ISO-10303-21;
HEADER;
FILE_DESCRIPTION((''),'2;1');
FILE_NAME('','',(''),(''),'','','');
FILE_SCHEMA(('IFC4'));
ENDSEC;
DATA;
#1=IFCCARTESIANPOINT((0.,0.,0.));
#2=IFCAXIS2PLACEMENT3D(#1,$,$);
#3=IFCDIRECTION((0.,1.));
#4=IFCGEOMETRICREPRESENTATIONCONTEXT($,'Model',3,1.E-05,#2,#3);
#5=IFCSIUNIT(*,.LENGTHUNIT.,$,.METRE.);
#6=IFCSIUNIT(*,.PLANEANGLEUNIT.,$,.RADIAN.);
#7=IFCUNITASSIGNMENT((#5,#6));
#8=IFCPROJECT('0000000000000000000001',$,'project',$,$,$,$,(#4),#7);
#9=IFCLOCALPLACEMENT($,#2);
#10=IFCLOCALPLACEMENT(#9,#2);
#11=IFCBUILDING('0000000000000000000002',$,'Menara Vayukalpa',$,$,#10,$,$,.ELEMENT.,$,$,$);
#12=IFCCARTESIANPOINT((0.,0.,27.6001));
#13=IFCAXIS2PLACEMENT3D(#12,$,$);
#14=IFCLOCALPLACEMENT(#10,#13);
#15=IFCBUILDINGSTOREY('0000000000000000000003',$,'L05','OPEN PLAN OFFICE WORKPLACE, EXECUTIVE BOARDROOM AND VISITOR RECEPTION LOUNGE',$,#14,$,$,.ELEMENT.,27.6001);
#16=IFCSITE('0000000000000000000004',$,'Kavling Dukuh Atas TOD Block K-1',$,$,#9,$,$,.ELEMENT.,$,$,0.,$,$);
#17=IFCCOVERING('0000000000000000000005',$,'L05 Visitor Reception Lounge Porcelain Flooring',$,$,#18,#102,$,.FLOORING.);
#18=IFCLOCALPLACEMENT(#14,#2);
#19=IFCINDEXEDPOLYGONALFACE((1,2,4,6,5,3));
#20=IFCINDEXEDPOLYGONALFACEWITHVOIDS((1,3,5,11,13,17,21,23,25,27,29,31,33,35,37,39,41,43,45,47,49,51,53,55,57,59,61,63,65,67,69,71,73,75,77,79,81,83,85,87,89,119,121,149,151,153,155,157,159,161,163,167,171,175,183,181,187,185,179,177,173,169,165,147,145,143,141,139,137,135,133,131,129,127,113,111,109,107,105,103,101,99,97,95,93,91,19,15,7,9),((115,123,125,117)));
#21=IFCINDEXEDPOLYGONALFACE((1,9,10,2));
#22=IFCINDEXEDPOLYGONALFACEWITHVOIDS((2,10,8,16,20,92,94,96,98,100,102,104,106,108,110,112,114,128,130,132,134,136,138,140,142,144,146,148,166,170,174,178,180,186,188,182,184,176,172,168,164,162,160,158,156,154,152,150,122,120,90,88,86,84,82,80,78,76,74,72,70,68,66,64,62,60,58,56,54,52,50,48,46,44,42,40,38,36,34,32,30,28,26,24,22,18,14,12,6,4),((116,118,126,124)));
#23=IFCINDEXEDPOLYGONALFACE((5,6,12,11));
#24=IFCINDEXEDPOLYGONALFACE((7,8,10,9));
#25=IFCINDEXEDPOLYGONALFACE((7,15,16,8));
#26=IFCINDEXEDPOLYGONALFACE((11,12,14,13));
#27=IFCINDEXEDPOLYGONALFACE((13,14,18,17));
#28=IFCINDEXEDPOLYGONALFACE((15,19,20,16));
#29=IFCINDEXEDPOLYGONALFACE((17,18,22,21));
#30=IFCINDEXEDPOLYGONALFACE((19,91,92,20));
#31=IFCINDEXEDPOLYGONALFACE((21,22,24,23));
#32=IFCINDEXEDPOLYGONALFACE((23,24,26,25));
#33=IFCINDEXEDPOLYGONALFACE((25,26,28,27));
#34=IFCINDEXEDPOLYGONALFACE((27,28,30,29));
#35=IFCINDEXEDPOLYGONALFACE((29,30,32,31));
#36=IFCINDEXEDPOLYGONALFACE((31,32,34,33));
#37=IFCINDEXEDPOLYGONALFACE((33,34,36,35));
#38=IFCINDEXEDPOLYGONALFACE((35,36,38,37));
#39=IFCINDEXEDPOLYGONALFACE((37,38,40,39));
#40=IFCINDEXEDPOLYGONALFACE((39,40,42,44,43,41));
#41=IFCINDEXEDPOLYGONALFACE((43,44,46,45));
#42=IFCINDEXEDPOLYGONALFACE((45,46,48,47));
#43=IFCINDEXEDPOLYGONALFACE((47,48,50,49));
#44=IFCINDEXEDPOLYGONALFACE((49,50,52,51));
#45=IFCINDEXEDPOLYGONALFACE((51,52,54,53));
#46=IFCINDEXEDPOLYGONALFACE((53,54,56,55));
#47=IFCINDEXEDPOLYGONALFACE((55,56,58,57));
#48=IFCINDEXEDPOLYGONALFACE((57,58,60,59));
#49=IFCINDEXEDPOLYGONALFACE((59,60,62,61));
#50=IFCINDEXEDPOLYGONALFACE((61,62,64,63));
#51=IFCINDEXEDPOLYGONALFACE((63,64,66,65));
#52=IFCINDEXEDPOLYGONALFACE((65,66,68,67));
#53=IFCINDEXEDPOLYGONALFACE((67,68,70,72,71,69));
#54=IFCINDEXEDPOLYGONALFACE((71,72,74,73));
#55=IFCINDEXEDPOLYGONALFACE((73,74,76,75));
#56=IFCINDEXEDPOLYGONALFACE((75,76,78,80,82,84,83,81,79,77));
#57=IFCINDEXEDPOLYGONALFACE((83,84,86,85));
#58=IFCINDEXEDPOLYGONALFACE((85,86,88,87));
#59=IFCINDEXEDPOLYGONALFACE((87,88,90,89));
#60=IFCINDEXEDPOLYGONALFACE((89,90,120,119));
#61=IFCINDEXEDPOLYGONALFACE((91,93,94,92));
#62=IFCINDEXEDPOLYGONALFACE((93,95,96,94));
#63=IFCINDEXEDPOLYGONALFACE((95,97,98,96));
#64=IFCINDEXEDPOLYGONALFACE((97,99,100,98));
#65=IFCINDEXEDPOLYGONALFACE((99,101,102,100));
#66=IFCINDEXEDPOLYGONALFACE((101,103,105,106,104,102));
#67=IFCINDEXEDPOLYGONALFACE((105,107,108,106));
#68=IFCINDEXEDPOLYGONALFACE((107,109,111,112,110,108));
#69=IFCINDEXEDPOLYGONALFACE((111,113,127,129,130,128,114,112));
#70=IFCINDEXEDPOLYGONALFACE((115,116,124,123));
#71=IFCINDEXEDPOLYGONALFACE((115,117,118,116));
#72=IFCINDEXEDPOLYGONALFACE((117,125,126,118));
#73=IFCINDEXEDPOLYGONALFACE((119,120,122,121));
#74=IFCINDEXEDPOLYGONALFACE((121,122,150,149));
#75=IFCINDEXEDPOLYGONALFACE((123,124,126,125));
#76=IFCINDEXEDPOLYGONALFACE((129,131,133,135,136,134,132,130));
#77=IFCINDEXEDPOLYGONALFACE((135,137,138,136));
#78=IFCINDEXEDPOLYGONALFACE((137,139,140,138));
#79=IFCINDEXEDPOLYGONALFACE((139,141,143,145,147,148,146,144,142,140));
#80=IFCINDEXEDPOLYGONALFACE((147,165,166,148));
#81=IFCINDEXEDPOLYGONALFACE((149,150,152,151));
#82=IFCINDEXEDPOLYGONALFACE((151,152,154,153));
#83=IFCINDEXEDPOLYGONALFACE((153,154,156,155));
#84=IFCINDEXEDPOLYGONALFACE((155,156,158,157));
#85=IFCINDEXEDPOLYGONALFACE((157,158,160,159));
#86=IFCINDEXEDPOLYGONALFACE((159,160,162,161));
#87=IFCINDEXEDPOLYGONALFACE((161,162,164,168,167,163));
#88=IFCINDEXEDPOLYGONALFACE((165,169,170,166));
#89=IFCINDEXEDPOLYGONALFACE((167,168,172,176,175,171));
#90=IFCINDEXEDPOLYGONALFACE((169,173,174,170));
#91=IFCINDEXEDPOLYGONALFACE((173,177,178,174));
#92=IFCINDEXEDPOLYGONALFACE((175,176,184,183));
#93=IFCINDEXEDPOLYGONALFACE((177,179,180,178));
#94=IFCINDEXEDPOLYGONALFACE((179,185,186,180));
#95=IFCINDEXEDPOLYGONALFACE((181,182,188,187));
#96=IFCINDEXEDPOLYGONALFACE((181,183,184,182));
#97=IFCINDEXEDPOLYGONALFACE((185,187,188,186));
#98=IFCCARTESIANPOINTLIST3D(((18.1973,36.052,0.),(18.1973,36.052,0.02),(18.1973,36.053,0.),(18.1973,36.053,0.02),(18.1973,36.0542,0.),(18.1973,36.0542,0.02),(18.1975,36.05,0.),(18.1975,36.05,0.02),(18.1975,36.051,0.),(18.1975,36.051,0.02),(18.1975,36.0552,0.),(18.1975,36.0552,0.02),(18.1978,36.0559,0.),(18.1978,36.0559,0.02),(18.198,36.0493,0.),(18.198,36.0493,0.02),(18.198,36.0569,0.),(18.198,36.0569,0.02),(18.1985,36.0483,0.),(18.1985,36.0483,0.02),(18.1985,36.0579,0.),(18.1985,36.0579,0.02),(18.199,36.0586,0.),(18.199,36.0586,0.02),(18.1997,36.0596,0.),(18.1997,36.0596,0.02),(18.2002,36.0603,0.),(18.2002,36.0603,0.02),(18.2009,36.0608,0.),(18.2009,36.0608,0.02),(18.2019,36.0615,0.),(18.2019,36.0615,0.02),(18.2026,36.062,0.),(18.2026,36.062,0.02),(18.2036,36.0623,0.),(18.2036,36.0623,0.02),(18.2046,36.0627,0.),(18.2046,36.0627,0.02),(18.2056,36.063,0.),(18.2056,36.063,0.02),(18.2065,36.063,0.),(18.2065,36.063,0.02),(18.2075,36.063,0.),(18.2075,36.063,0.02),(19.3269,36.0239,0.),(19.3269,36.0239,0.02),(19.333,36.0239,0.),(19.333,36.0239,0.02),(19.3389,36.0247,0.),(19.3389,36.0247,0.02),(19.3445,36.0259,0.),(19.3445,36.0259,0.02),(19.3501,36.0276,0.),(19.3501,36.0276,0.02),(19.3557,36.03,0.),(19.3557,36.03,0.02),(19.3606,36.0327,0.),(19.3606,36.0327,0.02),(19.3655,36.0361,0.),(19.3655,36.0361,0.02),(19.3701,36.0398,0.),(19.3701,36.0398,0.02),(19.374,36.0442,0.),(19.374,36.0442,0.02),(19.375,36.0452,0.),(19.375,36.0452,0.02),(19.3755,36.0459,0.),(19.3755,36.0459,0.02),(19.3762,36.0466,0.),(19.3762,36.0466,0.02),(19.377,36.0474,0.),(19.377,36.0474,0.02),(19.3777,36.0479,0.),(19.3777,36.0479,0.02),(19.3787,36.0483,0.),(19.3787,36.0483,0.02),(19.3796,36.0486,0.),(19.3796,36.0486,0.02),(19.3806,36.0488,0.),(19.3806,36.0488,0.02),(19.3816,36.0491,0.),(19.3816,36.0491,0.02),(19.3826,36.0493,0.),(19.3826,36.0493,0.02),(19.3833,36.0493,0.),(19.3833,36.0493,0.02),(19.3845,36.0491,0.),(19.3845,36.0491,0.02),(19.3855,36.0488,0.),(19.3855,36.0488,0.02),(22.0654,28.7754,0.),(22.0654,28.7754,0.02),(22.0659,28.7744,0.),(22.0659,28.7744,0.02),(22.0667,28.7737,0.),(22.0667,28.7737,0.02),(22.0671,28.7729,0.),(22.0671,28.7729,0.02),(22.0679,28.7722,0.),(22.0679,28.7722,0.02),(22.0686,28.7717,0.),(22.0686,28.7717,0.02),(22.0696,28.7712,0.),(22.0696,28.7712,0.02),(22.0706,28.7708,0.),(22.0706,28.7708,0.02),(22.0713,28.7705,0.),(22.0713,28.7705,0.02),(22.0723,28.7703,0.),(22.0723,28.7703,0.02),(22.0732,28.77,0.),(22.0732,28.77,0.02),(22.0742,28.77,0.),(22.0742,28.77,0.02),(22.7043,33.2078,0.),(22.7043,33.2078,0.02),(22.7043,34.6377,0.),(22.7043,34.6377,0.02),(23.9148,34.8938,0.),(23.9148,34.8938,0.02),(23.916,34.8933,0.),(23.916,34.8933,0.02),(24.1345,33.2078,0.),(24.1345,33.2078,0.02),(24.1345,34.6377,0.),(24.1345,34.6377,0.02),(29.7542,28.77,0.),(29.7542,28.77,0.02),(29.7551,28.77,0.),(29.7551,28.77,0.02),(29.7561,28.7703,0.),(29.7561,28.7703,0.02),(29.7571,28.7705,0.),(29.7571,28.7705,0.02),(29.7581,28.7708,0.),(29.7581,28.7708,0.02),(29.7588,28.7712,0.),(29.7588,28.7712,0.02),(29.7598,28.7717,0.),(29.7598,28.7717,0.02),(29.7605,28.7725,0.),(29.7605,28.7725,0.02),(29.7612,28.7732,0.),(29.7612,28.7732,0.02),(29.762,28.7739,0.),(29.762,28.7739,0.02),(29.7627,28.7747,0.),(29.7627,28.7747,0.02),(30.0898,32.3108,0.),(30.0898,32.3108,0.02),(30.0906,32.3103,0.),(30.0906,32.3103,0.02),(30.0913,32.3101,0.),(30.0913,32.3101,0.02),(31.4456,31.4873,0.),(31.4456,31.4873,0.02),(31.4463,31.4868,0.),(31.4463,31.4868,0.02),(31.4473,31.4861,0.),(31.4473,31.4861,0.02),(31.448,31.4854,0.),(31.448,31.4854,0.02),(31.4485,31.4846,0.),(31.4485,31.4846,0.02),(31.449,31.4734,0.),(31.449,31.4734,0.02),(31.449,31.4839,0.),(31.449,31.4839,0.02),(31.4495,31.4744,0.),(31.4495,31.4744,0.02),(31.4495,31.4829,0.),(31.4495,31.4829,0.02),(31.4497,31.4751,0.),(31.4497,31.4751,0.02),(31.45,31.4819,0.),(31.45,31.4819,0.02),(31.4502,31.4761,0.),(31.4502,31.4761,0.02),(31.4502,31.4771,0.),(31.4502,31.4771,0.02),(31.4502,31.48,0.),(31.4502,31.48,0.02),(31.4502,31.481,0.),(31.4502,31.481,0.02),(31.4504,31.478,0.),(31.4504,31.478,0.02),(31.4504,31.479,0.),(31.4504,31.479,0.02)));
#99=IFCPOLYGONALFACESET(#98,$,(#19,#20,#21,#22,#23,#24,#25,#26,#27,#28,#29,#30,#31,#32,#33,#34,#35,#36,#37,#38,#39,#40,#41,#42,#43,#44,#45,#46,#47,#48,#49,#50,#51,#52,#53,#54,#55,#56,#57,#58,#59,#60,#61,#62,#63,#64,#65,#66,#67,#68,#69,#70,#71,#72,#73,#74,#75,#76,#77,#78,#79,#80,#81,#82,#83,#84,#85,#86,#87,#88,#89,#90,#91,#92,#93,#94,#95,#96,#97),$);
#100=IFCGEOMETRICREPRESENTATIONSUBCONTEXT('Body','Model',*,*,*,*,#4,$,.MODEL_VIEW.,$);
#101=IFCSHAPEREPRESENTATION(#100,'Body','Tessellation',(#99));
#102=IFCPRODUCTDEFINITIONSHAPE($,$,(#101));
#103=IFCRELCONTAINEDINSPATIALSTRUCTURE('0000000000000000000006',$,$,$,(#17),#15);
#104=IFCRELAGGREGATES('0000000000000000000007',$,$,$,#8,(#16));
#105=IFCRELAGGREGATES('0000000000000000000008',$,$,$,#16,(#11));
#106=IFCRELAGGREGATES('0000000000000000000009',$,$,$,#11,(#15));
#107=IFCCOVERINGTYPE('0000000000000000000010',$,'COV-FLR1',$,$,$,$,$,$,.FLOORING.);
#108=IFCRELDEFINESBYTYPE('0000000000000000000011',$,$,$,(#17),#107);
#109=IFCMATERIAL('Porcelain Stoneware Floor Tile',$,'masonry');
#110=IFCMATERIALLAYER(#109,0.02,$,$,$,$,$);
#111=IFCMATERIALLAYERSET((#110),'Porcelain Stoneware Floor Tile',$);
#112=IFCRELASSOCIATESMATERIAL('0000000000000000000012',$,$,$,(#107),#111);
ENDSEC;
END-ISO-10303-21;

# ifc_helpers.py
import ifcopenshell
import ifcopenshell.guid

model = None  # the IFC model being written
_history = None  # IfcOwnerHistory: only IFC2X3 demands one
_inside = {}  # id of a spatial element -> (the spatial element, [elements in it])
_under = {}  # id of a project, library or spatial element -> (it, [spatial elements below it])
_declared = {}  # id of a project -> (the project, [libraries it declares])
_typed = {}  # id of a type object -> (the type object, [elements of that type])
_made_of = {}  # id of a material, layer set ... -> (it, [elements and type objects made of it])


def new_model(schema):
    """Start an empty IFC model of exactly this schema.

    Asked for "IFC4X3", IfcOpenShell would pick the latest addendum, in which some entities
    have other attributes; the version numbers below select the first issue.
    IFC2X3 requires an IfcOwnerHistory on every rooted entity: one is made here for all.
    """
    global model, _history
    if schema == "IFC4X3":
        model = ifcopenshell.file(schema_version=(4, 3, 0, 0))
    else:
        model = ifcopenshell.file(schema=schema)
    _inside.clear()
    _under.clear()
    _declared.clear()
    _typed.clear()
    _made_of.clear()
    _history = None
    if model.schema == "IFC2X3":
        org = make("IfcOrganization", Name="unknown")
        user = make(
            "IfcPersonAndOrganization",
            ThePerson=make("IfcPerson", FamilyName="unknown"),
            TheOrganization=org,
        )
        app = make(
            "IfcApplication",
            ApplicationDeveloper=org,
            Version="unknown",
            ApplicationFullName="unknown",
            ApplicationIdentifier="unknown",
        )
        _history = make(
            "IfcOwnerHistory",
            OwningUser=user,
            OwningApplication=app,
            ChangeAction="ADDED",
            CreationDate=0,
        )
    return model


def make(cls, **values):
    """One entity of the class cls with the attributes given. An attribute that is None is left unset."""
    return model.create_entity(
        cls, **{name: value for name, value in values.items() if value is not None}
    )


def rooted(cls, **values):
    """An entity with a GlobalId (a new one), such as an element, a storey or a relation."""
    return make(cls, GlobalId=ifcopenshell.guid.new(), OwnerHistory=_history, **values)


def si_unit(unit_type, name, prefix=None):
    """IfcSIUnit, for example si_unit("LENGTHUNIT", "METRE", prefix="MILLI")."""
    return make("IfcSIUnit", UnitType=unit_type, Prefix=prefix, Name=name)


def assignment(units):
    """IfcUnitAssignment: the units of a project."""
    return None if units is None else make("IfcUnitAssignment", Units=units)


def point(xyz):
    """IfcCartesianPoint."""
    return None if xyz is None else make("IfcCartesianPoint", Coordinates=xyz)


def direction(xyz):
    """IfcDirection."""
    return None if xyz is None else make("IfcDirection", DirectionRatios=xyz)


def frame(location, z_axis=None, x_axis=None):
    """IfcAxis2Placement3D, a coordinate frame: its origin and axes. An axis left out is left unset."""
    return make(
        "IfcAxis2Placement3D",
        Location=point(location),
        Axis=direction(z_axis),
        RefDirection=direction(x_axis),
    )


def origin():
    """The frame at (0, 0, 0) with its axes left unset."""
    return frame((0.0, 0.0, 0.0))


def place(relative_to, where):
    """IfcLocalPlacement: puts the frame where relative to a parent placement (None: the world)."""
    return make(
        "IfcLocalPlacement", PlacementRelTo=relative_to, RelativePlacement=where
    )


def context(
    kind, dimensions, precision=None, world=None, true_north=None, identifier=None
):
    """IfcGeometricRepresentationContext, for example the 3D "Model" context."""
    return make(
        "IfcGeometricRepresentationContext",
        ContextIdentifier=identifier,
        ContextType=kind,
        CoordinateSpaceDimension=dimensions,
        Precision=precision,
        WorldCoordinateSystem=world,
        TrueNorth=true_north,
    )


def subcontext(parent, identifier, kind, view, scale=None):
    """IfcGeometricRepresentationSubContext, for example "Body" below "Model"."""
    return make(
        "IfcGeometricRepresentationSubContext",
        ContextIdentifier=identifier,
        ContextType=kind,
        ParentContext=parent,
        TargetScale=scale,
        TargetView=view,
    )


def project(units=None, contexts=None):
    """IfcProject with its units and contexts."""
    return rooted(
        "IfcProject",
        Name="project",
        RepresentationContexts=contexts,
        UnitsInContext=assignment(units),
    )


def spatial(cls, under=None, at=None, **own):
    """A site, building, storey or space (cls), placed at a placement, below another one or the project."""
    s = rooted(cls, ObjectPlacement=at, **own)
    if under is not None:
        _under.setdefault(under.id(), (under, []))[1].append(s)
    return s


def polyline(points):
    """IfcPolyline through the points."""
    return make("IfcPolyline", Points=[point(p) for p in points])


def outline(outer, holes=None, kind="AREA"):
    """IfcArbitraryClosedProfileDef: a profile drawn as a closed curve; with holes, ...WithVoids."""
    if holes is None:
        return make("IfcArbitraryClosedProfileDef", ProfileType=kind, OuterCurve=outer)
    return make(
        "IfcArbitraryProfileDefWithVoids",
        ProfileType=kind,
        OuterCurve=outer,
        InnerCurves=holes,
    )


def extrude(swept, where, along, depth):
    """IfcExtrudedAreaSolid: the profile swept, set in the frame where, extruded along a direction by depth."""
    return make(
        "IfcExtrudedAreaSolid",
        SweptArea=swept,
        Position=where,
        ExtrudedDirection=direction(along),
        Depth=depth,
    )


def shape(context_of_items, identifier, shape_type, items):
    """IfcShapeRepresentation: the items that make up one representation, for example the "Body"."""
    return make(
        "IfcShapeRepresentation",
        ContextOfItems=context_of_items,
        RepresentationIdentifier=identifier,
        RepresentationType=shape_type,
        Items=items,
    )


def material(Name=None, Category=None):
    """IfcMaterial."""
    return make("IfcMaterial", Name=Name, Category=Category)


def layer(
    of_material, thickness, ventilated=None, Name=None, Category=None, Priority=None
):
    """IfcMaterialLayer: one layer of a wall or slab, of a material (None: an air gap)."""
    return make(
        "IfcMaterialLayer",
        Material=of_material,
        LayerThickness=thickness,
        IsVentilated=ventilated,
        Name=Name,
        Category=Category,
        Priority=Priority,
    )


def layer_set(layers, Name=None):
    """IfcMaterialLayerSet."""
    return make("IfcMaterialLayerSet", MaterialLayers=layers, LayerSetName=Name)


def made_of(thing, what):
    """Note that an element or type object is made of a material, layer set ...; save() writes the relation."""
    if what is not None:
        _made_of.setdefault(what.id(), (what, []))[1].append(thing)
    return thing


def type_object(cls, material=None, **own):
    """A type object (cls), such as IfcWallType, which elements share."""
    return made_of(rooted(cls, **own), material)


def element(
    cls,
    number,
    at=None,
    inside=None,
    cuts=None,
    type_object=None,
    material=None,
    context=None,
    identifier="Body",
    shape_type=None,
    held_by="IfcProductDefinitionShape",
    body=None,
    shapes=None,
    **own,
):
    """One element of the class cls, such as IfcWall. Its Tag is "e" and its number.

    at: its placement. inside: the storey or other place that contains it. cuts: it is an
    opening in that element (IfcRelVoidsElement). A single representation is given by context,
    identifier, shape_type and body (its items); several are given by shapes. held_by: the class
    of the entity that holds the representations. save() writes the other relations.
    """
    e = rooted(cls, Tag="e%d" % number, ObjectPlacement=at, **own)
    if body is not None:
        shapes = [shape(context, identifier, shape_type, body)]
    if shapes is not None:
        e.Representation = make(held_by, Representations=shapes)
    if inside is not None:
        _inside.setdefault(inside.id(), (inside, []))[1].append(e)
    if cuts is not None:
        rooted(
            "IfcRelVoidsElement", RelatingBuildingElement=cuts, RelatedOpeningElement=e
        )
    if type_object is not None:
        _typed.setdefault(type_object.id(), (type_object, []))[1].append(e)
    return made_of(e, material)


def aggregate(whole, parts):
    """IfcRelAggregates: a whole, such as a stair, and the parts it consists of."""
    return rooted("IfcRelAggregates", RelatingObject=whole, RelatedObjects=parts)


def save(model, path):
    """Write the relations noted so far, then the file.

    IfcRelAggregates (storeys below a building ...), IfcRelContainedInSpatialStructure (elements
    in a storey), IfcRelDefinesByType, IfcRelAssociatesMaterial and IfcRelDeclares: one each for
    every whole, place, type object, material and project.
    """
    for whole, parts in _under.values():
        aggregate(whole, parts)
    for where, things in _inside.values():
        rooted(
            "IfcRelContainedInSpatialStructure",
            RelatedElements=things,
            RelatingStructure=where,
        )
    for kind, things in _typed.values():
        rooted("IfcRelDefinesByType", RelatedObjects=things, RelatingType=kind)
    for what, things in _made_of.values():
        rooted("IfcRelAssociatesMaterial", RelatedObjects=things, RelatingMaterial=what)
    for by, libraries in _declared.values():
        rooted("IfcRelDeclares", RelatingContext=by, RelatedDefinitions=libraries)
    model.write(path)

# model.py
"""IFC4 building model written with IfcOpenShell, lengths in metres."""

from ifc_helpers import new_model, si_unit, direction, frame, origin, place, context, subcontext, project, spatial, polyline, outline, extrude, material, layer, layer_set, type_object, element, save


model = new_model("IFC4")

# Units and contexts
model_context = context("Model", 3, precision=1e-05, world=origin(), true_north=direction((0.0, 1.0)))
body_context = subcontext(model_context, "Body", "Model", "MODEL_VIEW")
ifc_project = project(units=[si_unit("LENGTHUNIT", "METRE"), si_unit("PLANEANGLEUNIT", "RADIAN")], contexts=[model_context])

# Site, building, storey
site_placement = place(None, origin())
site = spatial("IfcSite", under=ifc_project, at=site_placement, Name="Kavling Dukuh Atas TOD Block K-1", CompositionType="ELEMENT", RefElevation=0.0)
building_placement = place(site_placement, origin())
building = spatial("IfcBuilding", under=site, at=building_placement, Name="Menara Vayukalpa", CompositionType="ELEMENT")
storey_placement = place(building_placement, frame((0.0, 0.0, 27.6001)))
storey = spatial("IfcBuildingStorey", under=building, at=storey_placement, Name="L05", Description="OPEN PLAN OFFICE WORKPLACE, EXECUTIVE BOARDROOM AND VISITOR RECEPTION LOUNGE", CompositionType="ELEMENT", Elevation=27.6001)

# Covering
ifc_material_1 = material(Name="Porcelain Stoneware Floor Tile", Category="masonry")
ifc_layer_1 = layer(ifc_material_1, 0.02)
ifc_layer_set_1 = layer_set([ifc_layer_1], Name="Porcelain Stoneware Floor Tile")
covering_type_1 = type_object("IfcCoveringType", Name="COV-FLR1", PredefinedType="FLOORING", material=ifc_layer_set_1)
covering_1_placement = place(storey_placement, origin())
element("IfcCovering", 1, at=covering_1_placement, inside=storey, type_object=covering_type_1, Name="L05 Visitor Reception Lounge Porcelain Flooring", PredefinedType="FLOORING", context=body_context, shape_type="SweptSolid", body=[
    extrude(outline(polyline([(30.0898, 32.3108), (30.0906, 32.3103), (30.0913, 32.3101), (31.4456, 31.4873), (31.4463, 31.4868), (31.4473, 31.4861), (31.448, 31.4854), (31.4485, 31.4846), (31.449, 31.4839), (31.4495, 31.4829), (31.45, 31.4819), (31.4502, 31.481), (31.4502, 31.48), (31.4504, 31.479), (31.4504, 31.478), (31.4502, 31.4771), (31.4502, 31.4761), (31.4497, 31.4751), (31.4495, 31.4744), (31.449, 31.4734), (29.7627, 28.7747), (29.762, 28.7739), (29.7612, 28.7732), (29.7605, 28.7725), (29.7598, 28.7717), (29.7588, 28.7712), (29.7581, 28.7708), (29.7571, 28.7705), (29.7561, 28.7703), (29.7551, 28.77), (29.7542, 28.77), (22.0742, 28.77), (22.0732, 28.77), (22.0723, 28.7703), (22.0713, 28.7705), (22.0706, 28.7708), (22.0696, 28.7712), (22.0686, 28.7717), (22.0679, 28.7722), (22.0671, 28.7729), (22.0667, 28.7737), (22.0659, 28.7744), (22.0654, 28.7754), (18.1985, 36.0483), (18.198, 36.0493), (18.1975, 36.05), (18.1975, 36.051), (18.1973, 36.052), (18.1973, 36.053), (18.1973, 36.0542), (18.1975, 36.0552), (18.1978, 36.0559), (18.198, 36.0569), (18.1985, 36.0579), (18.199, 36.0586), (18.1997, 36.0596), (18.2002, 36.0603), (18.2009, 36.0608), (18.2019, 36.0615), (18.2026, 36.062), (18.2036, 36.0623), (18.2046, 36.0627), (18.2056, 36.063), (18.2065, 36.063), (18.2075, 36.063), (19.3269, 36.0239), (19.333, 36.0239), (19.3389, 36.0247), (19.3445, 36.0259), (19.3501, 36.0276), (19.3557, 36.03), (19.3606, 36.0327), (19.3655, 36.0361), (19.3701, 36.0398), (19.374, 36.0442), (19.375, 36.0452), (19.3755, 36.0459), (19.3762, 36.0466), (19.377, 36.0474), (19.3777, 36.0479), (19.3787, 36.0483), (19.3796, 36.0486), (19.3806, 36.0488), (19.3816, 36.0491), (19.3826, 36.0493), (19.3833, 36.0493), (19.3845, 36.0491), (19.3855, 36.0488), (23.9148, 34.8938), (23.916, 34.8933), (30.0898, 32.3108)]), holes=[polyline([(24.1345, 33.2078), (24.1345, 34.6377), (22.7043, 34.6377), (22.7043, 33.2078), (24.1345, 33.2078)])]), origin(), (0.0, 0.0, 1.0), 0.02),
])

save(model, "model.ifc")
